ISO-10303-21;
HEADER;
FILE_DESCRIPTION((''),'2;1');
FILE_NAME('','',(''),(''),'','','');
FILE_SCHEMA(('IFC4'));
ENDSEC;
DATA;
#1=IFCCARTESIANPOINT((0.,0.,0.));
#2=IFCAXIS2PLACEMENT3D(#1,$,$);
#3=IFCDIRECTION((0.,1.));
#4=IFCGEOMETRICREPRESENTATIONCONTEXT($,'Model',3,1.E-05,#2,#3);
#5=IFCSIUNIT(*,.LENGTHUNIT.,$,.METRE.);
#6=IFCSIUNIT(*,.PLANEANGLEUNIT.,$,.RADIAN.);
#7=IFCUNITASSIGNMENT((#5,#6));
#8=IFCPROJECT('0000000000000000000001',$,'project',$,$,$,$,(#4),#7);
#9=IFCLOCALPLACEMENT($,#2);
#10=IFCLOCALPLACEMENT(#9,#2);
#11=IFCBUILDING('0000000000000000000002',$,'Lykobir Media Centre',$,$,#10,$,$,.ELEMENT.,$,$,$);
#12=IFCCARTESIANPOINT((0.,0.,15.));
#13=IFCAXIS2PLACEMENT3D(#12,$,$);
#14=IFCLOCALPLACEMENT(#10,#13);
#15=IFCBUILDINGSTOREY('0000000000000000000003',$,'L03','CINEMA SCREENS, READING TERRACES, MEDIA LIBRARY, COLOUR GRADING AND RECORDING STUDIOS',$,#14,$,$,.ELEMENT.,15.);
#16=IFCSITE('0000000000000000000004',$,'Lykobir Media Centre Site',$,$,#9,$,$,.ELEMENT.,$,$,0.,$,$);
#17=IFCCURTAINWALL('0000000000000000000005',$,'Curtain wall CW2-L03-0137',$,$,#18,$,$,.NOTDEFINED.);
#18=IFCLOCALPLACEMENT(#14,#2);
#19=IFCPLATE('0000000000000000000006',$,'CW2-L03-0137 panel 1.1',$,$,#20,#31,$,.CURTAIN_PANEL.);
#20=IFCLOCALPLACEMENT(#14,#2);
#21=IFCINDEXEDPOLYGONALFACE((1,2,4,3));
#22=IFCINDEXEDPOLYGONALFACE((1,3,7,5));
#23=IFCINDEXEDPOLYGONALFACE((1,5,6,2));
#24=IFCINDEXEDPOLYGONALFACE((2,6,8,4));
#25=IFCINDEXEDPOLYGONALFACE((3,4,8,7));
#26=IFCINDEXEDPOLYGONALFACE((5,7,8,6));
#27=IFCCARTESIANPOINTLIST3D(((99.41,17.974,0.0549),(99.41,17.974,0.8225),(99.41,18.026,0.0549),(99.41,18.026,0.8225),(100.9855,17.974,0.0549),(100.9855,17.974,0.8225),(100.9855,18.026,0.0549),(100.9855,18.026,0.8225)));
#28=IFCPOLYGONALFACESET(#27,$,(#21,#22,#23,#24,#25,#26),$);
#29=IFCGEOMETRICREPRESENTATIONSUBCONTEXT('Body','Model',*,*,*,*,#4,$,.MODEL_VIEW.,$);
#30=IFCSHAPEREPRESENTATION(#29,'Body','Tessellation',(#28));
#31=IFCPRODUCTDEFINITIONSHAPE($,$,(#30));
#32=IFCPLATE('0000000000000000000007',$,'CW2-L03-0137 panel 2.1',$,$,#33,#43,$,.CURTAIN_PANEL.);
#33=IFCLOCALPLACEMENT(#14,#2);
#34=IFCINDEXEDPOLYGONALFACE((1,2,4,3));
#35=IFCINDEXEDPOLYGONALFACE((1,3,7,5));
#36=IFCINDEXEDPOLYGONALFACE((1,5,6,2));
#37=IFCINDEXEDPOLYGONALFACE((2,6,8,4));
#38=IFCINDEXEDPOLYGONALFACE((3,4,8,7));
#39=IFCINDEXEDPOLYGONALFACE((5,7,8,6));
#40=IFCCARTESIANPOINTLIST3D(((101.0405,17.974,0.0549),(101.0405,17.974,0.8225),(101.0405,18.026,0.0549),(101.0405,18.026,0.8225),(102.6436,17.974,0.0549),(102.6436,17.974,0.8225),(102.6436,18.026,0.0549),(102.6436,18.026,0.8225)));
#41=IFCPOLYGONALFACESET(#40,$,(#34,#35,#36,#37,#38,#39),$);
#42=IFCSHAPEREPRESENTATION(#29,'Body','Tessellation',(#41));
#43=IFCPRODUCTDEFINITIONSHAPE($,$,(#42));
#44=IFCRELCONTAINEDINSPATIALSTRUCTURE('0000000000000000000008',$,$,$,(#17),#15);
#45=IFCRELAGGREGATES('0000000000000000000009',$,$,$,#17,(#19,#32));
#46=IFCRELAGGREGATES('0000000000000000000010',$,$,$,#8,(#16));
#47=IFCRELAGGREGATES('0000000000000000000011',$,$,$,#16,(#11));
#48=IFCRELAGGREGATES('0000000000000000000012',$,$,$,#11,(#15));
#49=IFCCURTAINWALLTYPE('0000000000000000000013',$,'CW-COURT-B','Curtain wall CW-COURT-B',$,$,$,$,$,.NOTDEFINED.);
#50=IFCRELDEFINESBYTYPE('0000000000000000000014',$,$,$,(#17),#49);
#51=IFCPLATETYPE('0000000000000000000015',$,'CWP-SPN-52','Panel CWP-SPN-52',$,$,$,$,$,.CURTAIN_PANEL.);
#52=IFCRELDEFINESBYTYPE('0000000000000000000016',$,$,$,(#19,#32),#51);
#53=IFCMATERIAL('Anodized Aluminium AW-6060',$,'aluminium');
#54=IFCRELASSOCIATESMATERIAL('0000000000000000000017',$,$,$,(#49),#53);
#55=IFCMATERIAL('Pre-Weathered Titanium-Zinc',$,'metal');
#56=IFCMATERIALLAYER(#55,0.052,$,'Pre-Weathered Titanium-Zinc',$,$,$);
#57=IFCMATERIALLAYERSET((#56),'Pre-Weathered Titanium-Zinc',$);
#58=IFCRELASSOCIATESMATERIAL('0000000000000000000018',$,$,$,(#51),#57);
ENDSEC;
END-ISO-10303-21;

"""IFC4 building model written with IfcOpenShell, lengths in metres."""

from ifc_helpers import new_model, si_unit, direction, frame, origin, origin_2d, place, context, subcontext, project, spatial, rectangle, extrude, material, layer, layer_set, type_object, element, aggregate, save


model = new_model("IFC4")

# Units and contexts
model_context = context("Model", 3, precision=1e-05, world=origin(), true_north=direction((0.0, 1.0)))
body_context = subcontext(model_context, "Body", "Model", "MODEL_VIEW")
ifc_project = project(units=[si_unit("LENGTHUNIT", "METRE"), si_unit("PLANEANGLEUNIT", "RADIAN")], contexts=[model_context])

# Site, building, storey
site_placement = place(None, origin())
site = spatial("IfcSite", under=ifc_project, at=site_placement, Name="Lykobir Media Centre Site", CompositionType="ELEMENT", RefElevation=0.0)
building_placement = place(site_placement, origin())
building = spatial("IfcBuilding", under=site, at=building_placement, Name="Lykobir Media Centre", CompositionType="ELEMENT")
storey_placement = place(building_placement, frame((0.0, 0.0, 15.0)))
storey = spatial("IfcBuildingStorey", under=building, at=storey_placement, Name="L03", Description="CINEMA SCREENS, READING TERRACES, MEDIA LIBRARY, COLOUR GRADING AND RECORDING STUDIOS", CompositionType="ELEMENT", Elevation=15.0)

# Curtain wall
ifc_material_1 = material(Name="Anodized Aluminium AW-6060", Category="aluminium")
curtain_wall_type = type_object("IfcCurtainWallType", Name="CW-COURT-B", Description="Curtain wall CW-COURT-B", PredefinedType="NOTDEFINED", material=ifc_material_1)
curtain_wall_placement = place(storey_placement, origin())
curtain_wall = element("IfcCurtainWall", 1, at=curtain_wall_placement, inside=storey, type_object=curtain_wall_type, Name="Curtain wall CW2-L03-0137", PredefinedType="NOTDEFINED")

# Plates
ifc_material_2 = material(Name="Pre-Weathered Titanium-Zinc", Category="metal")
ifc_layer_1 = layer(ifc_material_2, 0.052, Name="Pre-Weathered Titanium-Zinc")
ifc_layer_set_1 = layer_set([ifc_layer_1], Name="Pre-Weathered Titanium-Zinc")
plate_type_1 = type_object("IfcPlateType", Name="CWP-SPN-52", Description="Panel CWP-SPN-52", PredefinedType="CURTAIN_PANEL", material=ifc_layer_set_1)
plate_1_placement = place(storey_placement, frame((100.1978, 18.0, 0.0549), z_axis=(0.0, 0.0, 1.0), x_axis=(1.0, 0.0, 0.0)))
plate_1 = element("IfcPlate", 2, at=plate_1_placement, type_object=plate_type_1, Name="CW2-L03-0137 panel 1.1", PredefinedType="CURTAIN_PANEL", context=body_context, shape_type="SweptSolid", body=[
    extrude(rectangle(XDim=1.5754, YDim=0.052, at=origin_2d()), origin(), (0.0, 0.0, 1.0), 0.7676),
])
plate_2_placement = place(storey_placement, frame((101.842, 18.0, 0.0549), z_axis=(0.0, 0.0, 1.0), x_axis=(1.0, 0.0, 0.0)))
plate_2 = element("IfcPlate", 3, at=plate_2_placement, type_object=plate_type_1, Name="CW2-L03-0137 panel 2.1", PredefinedType="CURTAIN_PANEL", context=body_context, shape_type="SweptSolid", body=[
    extrude(rectangle(XDim=1.603, YDim=0.052, at=origin_2d()), origin(), (0.0, 0.0, 1.0), 0.7676),
])
aggregate(curtain_wall, [plate_1, plate_2])

save(model, "model.ifc")
